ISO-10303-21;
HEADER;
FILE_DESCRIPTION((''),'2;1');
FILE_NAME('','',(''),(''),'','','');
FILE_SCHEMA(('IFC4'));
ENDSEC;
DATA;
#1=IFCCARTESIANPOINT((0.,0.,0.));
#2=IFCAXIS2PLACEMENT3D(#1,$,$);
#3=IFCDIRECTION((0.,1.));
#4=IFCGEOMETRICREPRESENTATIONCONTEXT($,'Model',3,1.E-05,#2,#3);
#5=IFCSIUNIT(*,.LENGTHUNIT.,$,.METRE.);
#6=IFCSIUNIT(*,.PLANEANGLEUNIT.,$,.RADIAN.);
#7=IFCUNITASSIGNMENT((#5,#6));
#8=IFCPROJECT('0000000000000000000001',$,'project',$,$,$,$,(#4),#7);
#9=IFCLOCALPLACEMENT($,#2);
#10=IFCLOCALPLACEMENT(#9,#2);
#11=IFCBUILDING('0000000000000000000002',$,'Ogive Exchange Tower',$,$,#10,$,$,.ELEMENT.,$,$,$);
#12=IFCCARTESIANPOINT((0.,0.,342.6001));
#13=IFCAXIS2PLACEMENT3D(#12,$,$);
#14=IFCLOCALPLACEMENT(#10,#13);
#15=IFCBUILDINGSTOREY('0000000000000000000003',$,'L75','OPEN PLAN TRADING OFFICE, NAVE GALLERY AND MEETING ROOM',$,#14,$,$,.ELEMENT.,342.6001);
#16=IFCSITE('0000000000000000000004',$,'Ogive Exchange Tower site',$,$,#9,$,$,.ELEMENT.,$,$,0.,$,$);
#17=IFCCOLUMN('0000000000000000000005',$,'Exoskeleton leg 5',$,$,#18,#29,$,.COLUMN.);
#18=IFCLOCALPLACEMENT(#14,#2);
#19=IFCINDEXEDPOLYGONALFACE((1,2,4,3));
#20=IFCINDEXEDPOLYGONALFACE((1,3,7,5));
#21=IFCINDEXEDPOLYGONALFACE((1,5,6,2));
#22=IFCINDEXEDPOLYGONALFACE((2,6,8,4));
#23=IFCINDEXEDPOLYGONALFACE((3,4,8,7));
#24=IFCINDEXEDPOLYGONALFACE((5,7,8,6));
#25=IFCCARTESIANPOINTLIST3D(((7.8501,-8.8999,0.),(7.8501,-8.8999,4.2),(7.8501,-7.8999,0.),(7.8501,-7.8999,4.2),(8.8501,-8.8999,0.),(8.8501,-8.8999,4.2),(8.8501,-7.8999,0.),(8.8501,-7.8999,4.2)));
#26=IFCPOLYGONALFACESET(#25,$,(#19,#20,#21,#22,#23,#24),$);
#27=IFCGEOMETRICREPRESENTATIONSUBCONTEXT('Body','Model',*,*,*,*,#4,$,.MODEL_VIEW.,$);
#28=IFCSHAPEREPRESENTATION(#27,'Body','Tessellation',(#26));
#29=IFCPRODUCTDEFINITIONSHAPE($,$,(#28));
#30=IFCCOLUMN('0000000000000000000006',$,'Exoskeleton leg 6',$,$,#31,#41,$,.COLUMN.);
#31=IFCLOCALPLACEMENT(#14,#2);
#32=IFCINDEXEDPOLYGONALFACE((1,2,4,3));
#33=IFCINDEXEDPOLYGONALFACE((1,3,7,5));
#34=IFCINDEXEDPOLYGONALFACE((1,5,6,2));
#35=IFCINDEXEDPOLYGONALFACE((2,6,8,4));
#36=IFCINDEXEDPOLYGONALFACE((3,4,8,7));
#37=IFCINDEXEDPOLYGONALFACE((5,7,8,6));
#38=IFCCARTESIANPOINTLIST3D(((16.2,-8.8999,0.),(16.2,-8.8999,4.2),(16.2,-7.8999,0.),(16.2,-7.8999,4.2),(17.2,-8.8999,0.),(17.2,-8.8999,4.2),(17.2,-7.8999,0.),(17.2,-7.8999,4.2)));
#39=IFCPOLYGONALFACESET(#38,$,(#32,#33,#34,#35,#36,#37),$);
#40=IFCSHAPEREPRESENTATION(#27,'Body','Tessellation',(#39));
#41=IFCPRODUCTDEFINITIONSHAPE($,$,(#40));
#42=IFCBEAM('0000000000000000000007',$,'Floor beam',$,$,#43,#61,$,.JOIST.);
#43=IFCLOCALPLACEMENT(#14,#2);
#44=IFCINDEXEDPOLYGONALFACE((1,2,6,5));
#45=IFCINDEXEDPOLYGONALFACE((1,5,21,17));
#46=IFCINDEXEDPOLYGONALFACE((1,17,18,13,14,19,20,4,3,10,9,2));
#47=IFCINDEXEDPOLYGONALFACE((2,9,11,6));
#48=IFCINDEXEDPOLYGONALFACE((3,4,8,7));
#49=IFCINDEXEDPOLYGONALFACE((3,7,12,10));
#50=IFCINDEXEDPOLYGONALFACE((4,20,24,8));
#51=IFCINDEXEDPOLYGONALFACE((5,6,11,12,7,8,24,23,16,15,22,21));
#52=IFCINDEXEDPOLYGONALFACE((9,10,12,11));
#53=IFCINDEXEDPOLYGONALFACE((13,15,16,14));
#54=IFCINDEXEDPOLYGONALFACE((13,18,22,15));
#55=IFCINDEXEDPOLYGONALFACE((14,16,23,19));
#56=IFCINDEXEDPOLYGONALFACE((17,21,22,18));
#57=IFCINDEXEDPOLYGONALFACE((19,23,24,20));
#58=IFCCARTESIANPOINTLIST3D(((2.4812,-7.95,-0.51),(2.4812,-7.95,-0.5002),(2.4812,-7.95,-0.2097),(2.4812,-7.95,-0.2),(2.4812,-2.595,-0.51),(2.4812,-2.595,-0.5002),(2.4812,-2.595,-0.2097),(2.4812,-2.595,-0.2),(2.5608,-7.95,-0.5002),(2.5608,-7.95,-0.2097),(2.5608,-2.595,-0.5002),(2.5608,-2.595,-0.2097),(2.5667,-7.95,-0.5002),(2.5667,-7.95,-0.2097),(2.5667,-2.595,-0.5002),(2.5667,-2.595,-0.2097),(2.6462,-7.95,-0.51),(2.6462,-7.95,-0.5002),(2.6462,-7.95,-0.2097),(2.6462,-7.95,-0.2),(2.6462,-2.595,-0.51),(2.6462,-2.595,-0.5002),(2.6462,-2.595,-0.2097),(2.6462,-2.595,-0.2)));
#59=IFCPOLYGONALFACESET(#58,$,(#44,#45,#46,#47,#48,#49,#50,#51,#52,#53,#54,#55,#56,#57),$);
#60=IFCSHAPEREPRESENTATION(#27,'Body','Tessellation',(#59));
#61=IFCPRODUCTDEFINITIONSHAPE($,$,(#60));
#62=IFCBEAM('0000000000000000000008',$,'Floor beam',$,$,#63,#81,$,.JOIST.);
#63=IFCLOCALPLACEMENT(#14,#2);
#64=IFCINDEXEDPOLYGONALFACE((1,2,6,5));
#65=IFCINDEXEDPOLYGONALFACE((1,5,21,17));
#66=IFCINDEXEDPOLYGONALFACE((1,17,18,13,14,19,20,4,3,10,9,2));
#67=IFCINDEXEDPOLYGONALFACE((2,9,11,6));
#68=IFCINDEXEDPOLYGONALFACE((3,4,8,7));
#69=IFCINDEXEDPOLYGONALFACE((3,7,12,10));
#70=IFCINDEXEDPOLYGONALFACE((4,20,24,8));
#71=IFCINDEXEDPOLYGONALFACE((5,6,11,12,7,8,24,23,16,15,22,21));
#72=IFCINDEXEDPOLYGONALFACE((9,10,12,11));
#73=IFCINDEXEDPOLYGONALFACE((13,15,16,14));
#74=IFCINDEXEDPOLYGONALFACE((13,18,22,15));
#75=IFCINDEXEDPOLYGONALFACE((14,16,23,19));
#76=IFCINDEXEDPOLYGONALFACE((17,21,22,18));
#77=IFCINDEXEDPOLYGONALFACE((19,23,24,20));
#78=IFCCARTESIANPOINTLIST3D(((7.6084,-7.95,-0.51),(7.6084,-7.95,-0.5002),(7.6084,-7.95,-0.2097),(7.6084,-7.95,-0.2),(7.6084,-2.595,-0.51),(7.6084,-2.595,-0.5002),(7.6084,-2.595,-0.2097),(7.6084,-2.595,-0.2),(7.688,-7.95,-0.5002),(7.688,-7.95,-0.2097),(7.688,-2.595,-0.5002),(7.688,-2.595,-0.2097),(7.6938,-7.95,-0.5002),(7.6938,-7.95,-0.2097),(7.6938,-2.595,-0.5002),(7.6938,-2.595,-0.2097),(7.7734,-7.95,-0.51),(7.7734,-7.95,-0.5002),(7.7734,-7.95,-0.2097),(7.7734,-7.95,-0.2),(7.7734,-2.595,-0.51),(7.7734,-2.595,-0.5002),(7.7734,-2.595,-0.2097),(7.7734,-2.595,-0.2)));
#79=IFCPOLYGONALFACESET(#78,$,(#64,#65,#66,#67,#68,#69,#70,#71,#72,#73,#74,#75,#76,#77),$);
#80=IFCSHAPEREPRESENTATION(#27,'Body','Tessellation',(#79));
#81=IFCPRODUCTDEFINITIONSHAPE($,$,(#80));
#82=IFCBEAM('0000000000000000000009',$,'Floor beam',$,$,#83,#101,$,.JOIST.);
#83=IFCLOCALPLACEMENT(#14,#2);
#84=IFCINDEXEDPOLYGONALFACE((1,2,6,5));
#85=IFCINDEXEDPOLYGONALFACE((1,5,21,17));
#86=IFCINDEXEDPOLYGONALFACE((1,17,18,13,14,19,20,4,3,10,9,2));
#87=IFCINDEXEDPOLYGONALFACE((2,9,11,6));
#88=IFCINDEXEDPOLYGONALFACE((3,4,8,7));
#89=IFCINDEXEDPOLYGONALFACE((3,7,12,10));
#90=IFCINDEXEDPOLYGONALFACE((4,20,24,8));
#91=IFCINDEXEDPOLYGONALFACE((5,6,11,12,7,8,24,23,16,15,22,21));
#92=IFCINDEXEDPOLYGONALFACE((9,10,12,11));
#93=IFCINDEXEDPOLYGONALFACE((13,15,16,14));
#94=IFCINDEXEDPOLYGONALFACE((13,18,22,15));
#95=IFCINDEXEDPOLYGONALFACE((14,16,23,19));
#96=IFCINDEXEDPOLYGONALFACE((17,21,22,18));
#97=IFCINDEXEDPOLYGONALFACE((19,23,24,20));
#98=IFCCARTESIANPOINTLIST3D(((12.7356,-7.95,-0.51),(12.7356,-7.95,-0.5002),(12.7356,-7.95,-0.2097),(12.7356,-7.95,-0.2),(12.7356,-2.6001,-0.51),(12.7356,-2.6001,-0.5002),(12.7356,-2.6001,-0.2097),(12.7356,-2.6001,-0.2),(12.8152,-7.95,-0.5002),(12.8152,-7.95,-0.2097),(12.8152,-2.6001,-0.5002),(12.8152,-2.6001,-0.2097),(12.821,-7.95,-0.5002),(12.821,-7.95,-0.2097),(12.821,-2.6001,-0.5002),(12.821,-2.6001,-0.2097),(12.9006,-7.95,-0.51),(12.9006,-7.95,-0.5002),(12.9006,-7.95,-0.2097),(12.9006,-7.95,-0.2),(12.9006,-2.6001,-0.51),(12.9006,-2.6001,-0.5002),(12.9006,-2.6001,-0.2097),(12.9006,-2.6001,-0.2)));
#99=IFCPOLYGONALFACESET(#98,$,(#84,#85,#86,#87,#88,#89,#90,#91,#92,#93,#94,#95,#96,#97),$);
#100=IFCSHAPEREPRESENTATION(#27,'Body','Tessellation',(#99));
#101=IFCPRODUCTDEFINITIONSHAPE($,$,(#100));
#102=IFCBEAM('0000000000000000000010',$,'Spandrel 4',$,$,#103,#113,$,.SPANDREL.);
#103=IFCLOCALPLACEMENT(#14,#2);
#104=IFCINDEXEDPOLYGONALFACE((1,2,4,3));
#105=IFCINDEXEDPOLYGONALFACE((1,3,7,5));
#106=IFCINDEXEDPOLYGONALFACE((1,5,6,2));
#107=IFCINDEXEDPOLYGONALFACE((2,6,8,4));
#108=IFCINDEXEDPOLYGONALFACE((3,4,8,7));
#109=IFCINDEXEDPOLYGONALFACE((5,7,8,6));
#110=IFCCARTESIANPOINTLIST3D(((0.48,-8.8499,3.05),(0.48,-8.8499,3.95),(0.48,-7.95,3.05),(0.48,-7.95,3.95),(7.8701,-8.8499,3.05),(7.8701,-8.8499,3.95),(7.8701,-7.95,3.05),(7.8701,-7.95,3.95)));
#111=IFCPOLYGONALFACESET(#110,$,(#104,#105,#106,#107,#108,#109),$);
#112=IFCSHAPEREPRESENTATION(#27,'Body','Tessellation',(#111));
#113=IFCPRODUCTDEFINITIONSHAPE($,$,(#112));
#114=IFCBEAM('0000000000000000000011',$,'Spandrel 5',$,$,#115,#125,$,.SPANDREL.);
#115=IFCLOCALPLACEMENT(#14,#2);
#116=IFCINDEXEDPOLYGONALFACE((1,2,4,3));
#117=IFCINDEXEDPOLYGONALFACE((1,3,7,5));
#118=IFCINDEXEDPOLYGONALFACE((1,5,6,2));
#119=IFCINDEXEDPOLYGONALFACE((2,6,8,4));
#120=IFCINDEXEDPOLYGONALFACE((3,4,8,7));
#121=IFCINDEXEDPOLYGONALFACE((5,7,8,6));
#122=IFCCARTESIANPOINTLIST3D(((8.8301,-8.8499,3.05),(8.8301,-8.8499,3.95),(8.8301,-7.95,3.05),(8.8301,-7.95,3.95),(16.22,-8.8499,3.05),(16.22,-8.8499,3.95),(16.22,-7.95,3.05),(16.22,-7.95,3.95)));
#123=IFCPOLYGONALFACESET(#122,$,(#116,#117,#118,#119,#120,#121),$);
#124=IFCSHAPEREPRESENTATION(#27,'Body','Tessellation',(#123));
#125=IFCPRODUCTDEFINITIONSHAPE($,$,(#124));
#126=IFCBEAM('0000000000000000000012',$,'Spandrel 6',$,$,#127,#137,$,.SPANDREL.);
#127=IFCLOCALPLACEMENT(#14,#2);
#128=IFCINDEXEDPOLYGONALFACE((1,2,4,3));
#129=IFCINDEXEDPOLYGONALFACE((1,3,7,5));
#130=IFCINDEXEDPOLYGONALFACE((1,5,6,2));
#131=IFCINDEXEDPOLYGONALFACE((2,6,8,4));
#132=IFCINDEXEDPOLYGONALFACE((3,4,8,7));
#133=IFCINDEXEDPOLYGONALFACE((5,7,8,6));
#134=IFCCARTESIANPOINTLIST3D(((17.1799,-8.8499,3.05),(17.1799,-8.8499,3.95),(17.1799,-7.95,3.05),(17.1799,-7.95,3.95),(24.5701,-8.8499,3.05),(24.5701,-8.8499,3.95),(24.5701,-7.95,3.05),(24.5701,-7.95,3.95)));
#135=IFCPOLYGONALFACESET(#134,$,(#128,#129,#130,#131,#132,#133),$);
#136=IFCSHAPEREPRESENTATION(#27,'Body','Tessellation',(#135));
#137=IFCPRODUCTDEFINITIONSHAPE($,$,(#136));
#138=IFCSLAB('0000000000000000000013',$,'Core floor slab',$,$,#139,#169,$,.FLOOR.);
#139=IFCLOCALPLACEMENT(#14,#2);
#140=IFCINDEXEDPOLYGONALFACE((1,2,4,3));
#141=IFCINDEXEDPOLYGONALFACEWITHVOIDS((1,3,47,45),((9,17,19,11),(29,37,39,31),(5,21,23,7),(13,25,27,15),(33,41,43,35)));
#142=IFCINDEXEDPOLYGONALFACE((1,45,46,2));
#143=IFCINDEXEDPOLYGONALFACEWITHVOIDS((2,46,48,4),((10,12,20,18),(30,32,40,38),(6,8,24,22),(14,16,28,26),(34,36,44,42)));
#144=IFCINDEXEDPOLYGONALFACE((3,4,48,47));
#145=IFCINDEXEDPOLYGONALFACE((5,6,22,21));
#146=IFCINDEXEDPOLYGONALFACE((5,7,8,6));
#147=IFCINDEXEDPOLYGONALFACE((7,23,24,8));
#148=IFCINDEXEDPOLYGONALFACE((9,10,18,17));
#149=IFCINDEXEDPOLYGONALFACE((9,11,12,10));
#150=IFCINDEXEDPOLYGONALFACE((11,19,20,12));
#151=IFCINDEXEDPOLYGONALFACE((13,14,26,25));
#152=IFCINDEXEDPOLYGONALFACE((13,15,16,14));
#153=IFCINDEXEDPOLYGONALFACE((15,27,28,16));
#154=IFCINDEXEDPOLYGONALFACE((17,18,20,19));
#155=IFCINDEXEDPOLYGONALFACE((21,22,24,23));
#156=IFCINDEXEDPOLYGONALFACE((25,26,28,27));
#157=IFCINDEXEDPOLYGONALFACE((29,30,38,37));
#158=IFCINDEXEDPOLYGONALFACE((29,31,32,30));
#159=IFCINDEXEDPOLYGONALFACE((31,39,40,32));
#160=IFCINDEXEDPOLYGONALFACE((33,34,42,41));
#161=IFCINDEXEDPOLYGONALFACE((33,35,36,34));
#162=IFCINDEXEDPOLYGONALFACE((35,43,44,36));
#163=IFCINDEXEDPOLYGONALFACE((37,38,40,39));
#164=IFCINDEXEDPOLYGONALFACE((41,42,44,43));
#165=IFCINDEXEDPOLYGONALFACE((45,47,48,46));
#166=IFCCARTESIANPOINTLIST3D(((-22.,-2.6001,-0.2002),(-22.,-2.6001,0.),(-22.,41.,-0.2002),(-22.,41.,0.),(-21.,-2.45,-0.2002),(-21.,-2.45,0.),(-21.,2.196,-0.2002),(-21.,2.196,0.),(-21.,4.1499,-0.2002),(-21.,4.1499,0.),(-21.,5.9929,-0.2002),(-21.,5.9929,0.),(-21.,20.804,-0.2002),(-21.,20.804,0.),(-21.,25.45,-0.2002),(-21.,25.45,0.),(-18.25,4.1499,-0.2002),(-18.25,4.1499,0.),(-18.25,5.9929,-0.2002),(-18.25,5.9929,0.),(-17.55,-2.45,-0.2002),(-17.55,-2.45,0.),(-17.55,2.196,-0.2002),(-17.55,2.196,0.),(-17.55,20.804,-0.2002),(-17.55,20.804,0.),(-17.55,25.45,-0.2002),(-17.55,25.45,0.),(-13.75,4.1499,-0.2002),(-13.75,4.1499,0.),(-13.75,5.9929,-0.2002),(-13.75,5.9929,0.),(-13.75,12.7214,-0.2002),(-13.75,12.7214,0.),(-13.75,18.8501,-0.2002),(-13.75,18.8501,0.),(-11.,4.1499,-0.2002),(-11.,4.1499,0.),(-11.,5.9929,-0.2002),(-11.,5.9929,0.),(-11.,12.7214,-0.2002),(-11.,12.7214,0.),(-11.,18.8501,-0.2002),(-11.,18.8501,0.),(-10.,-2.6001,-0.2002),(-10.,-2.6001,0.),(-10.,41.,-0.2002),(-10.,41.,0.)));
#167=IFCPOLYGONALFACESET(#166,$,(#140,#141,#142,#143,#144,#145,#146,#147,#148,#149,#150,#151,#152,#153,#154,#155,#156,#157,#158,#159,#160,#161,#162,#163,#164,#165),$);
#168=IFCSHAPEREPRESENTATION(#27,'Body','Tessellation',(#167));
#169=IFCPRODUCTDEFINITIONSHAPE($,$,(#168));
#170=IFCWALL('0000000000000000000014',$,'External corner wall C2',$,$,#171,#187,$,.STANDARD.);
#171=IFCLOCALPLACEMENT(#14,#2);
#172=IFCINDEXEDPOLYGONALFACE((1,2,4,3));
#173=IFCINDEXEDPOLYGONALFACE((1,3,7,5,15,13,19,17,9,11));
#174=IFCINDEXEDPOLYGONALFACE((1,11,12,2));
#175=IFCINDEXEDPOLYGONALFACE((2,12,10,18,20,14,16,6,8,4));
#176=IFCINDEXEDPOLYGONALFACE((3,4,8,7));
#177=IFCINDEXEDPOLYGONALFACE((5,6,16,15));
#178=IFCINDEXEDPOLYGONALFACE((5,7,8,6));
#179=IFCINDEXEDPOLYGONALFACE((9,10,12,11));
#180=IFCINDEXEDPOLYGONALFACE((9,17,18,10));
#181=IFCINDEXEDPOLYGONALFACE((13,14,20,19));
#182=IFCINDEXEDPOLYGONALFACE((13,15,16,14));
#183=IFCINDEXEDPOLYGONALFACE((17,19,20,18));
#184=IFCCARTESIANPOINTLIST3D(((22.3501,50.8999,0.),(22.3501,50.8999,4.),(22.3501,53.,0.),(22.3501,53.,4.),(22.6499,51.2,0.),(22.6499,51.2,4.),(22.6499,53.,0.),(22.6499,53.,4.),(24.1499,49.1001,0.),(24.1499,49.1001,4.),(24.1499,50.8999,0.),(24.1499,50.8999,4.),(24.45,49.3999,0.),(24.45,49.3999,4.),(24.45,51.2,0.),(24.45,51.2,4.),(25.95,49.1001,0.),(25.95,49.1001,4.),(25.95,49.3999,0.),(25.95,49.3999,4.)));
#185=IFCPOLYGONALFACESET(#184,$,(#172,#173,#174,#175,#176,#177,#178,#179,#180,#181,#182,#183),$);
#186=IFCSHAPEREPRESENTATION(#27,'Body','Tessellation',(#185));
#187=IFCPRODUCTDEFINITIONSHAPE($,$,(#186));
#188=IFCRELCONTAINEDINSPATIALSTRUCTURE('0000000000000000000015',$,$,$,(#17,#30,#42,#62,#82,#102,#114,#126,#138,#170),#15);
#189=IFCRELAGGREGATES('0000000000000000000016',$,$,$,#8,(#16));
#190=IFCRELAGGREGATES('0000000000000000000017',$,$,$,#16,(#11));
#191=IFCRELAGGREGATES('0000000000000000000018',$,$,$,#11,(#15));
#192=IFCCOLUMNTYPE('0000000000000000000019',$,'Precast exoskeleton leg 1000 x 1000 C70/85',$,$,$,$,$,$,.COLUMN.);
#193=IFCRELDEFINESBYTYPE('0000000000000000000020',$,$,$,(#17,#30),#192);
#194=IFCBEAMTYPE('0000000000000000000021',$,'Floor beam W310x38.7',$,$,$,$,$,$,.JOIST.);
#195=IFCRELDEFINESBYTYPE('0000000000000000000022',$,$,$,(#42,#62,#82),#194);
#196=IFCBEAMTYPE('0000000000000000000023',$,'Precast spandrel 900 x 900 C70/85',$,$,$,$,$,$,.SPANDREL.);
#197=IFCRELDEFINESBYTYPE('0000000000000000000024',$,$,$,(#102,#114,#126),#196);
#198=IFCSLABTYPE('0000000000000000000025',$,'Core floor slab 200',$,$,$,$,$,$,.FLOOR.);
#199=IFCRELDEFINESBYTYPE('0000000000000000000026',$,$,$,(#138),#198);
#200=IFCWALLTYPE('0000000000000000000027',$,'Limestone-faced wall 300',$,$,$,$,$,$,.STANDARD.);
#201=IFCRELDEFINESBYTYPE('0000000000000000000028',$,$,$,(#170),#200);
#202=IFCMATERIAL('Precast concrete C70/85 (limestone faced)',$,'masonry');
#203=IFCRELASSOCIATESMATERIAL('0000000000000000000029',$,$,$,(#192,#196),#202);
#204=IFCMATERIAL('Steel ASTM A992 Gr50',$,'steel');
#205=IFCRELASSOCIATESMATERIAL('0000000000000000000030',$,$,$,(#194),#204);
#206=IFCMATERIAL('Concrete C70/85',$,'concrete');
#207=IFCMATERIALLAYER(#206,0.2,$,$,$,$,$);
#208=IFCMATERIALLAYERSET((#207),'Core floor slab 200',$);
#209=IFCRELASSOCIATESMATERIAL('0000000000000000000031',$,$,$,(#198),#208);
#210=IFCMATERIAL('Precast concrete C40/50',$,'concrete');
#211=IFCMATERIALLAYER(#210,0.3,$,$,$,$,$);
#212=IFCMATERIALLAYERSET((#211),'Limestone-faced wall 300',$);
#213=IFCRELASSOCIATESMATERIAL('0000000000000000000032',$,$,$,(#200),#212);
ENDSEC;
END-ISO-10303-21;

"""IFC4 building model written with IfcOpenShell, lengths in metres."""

from ifc_helpers import new_model, si_unit, direction, frame, origin, origin_2d, place, context, subcontext, project, spatial, polyline, rectangle, i_section, outline, extrude, material, layer, layer_set, material_profile, profile_set, type_object, element, save


model = new_model("IFC4")

# Units and contexts
model_context = context("Model", 3, precision=1e-05, world=origin(), true_north=direction((0.0, 1.0)))
body_context = subcontext(model_context, "Body", "Model", "MODEL_VIEW")
ifc_project = project(units=[si_unit("LENGTHUNIT", "METRE"), si_unit("PLANEANGLEUNIT", "RADIAN")], contexts=[model_context])

# Site, building, storey
site_placement = place(None, origin())
site = spatial("IfcSite", under=ifc_project, at=site_placement, Name="Ogive Exchange Tower site", CompositionType="ELEMENT", RefElevation=0.0)
building_placement = place(site_placement, origin())
building = spatial("IfcBuilding", under=site, at=building_placement, Name="Ogive Exchange Tower", CompositionType="ELEMENT")
storey_placement = place(building_placement, frame((0.0, 0.0, 342.6001)))
storey = spatial("IfcBuildingStorey", under=building, at=storey_placement, Name="L75", Description="OPEN PLAN TRADING OFFICE, NAVE GALLERY AND MEETING ROOM", CompositionType="ELEMENT", Elevation=342.6001)

# Columns
ifc_material_1 = material(Name="Precast concrete C70/85 (limestone faced)", Category="masonry")
ifc_material_profile_1 = material_profile(ifc_material_1, rectangle(XDim=1.0, YDim=1.0, at=origin_2d()), Name="1000 x 1000")
ifc_profile_set_1 = profile_set([ifc_material_profile_1], Name="Precast concrete C70/85 (limestone faced)")
column_type = type_object("IfcColumnType", Name="Precast exoskeleton leg 1000 x 1000 C70/85", PredefinedType="COLUMN", material=ifc_profile_set_1)
for number, where, z_axis, x_axis, name in (
    (1, (8.3501, -8.3999, 0.0), (0.0, 0.0, 1.0), (1.0, 0.0, 0.0), "Exoskeleton leg 5"),
    (2, (16.7, -8.3999, 0.0), (0.0, 0.0, 1.0), (1.0, 0.0, 0.0), "Exoskeleton leg 6"),
):
    element("IfcColumn", number, at=place(storey_placement, frame(where, z_axis=z_axis, x_axis=x_axis)), inside=storey, type_object=column_type, Name=name, PredefinedType="COLUMN", context=body_context, shape_type="SweptSolid", body=[
        extrude(rectangle(XDim=1.0, YDim=1.0, at=origin_2d()), origin(), (0.0, 0.0, 1.0), 4.2),
    ])

# Beams
ifc_material_2 = material(Name="Steel ASTM A992 Gr50", Category="steel")
ifc_material_profile_2 = material_profile(ifc_material_2, i_section(OverallWidth=0.165, OverallDepth=0.3101, WebThickness=0.0059, FlangeThickness=0.0098, at=origin_2d()), Name="W310x38.7")
ifc_profile_set_2 = profile_set([ifc_material_profile_2], Name="Steel ASTM A992 Gr50")
beam_type_1 = type_object("IfcBeamType", Name="Floor beam W310x38.7", PredefinedType="JOIST", material=ifc_profile_set_2)
for number, where, z_axis, x_axis, name in (
    (3, (2.5637, -7.95, -0.355), (0.0, 1.0, 0.0), (-1.0, 0.0, 0.0), "Floor beam"),
    (4, (7.6909, -7.95, -0.355), (0.0, 1.0, 0.0), (-1.0, 0.0, 0.0), "Floor beam"),
):
    element("IfcBeam", number, at=place(storey_placement, frame(where, z_axis=z_axis, x_axis=x_axis)), inside=storey, type_object=beam_type_1, Name=name, PredefinedType="JOIST", context=body_context, shape_type="SweptSolid", body=[
        extrude(i_section(OverallWidth=0.165, OverallDepth=0.3101, WebThickness=0.0059, FlangeThickness=0.0098, at=origin_2d()), origin(), (0.0, 0.0, 1.0), 5.355),
    ])
beam_1_placement = place(storey_placement, frame((12.8181, -7.95, -0.355), z_axis=(0.0, 1.0, 0.0), x_axis=(-1.0, 0.0, 0.0)))
element("IfcBeam", 5, at=beam_1_placement, inside=storey, type_object=beam_type_1, Name="Floor beam", PredefinedType="JOIST", context=body_context, shape_type="SweptSolid", body=[
    extrude(i_section(OverallWidth=0.165, OverallDepth=0.3101, WebThickness=0.0059, FlangeThickness=0.0098, at=origin_2d()), origin(), (0.0, 0.0, 1.0), 5.3499),
])
ifc_material_profile_3 = material_profile(ifc_material_1, rectangle(XDim=0.8999, YDim=0.8999, at=origin_2d()), Name="900 x 900")
ifc_profile_set_3 = profile_set([ifc_material_profile_3], Name="Precast concrete C70/85 (limestone faced)")
beam_type_2 = type_object("IfcBeamType", Name="Precast spandrel 900 x 900 C70/85", PredefinedType="SPANDREL", material=ifc_profile_set_3)
beam_2_placement = place(storey_placement, frame((0.48, -8.3999, 3.5), z_axis=(1.0, 0.0, 0.0), x_axis=(0.0, 1.0, 0.0)))
element("IfcBeam", 6, at=beam_2_placement, inside=storey, type_object=beam_type_2, Name="Spandrel 4", PredefinedType="SPANDREL", context=body_context, shape_type="SweptSolid", body=[
    extrude(rectangle(XDim=0.8999, YDim=0.8999, at=origin_2d()), origin(), (0.0, 0.0, 1.0), 7.3901),
])
beam_3_placement = place(storey_placement, frame((8.8301, -8.3999, 3.5), z_axis=(1.0, 0.0, 0.0), x_axis=(0.0, 1.0, 0.0)))
element("IfcBeam", 7, at=beam_3_placement, inside=storey, type_object=beam_type_2, Name="Spandrel 5", PredefinedType="SPANDREL", context=body_context, shape_type="SweptSolid", body=[
    extrude(rectangle(XDim=0.8999, YDim=0.8999, at=origin_2d()), origin(), (0.0, 0.0, 1.0), 7.3899),
])
beam_4_placement = place(storey_placement, frame((17.1799, -8.3999, 3.5), z_axis=(1.0, 0.0, 0.0), x_axis=(0.0, 1.0, 0.0)))
element("IfcBeam", 8, at=beam_4_placement, inside=storey, type_object=beam_type_2, Name="Spandrel 6", PredefinedType="SPANDREL", context=body_context, shape_type="SweptSolid", body=[
    extrude(rectangle(XDim=0.8999, YDim=0.8999, at=origin_2d()), origin(), (0.0, 0.0, 1.0), 7.3901),
])

# Slab
ifc_material_3 = material(Name="Concrete C70/85", Category="concrete")
ifc_layer_1 = layer(ifc_material_3, 0.2)
ifc_layer_set_1 = layer_set([ifc_layer_1], Name="Core floor slab 200")
slab_type = type_object("IfcSlabType", Name="Core floor slab 200", PredefinedType="FLOOR", material=ifc_layer_set_1)
slab_placement = place(storey_placement, frame((0.0, 0.0, -0.2002)))
element("IfcSlab", 9, at=slab_placement, inside=storey, type_object=slab_type, Name="Core floor slab", PredefinedType="FLOOR", context=body_context, shape_type="SweptSolid", body=[
    extrude(outline(polyline([(-22.0, -2.6001), (-22.0, 41.0), (-10.0, 41.0), (-10.0, -2.6001), (-22.0, -2.6001)]), holes=[polyline([(-17.55, 2.196), (-21.0, 2.196), (-21.0, -2.45), (-17.55, -2.45), (-17.55, 2.196)]), polyline([(-21.0, 5.9929), (-21.0, 4.1499), (-18.25, 4.1499), (-18.25, 5.9929), (-21.0, 5.9929)]), polyline([(-13.75, 5.9929), (-13.75, 4.1499), (-11.0, 4.1499), (-11.0, 5.9929), (-13.75, 5.9929)]), polyline([(-11.0, 18.8501), (-13.75, 18.8501), (-13.75, 12.7214), (-11.0, 12.7214), (-11.0, 18.8501)]), polyline([(-21.0, 25.45), (-21.0, 20.804), (-17.55, 20.804), (-17.55, 25.45), (-21.0, 25.45)])]), origin(), (0.0, 0.0, 1.0), 0.2002),
])

# Wall
ifc_material_4 = material(Name="Precast concrete C40/50", Category="concrete")
ifc_layer_2 = layer(ifc_material_4, 0.3)
ifc_layer_set_2 = layer_set([ifc_layer_2], Name="Limestone-faced wall 300")
wall_type_1 = type_object("IfcWallType", Name="Limestone-faced wall 300", PredefinedType="STANDARD", material=ifc_layer_set_2)
wall_1_placement = place(storey_placement, origin())
element("IfcWall", 10, at=wall_1_placement, inside=storey, type_object=wall_type_1, Name="External corner wall C2", PredefinedType="STANDARD", context=body_context, shape_type="SweptSolid", body=[
    extrude(outline(polyline([(24.1499, 50.8999), (22.3501, 50.8999), (22.3501, 53.0), (22.6499, 53.0), (22.6499, 51.2), (24.45, 51.2), (24.45, 49.3999), (25.95, 49.3999), (25.95, 49.1001), (24.1499, 49.1001), (24.1499, 50.8999)])), origin(), (0.0, 0.0, 1.0), 4.0),
])

save(model, "model.ifc")
